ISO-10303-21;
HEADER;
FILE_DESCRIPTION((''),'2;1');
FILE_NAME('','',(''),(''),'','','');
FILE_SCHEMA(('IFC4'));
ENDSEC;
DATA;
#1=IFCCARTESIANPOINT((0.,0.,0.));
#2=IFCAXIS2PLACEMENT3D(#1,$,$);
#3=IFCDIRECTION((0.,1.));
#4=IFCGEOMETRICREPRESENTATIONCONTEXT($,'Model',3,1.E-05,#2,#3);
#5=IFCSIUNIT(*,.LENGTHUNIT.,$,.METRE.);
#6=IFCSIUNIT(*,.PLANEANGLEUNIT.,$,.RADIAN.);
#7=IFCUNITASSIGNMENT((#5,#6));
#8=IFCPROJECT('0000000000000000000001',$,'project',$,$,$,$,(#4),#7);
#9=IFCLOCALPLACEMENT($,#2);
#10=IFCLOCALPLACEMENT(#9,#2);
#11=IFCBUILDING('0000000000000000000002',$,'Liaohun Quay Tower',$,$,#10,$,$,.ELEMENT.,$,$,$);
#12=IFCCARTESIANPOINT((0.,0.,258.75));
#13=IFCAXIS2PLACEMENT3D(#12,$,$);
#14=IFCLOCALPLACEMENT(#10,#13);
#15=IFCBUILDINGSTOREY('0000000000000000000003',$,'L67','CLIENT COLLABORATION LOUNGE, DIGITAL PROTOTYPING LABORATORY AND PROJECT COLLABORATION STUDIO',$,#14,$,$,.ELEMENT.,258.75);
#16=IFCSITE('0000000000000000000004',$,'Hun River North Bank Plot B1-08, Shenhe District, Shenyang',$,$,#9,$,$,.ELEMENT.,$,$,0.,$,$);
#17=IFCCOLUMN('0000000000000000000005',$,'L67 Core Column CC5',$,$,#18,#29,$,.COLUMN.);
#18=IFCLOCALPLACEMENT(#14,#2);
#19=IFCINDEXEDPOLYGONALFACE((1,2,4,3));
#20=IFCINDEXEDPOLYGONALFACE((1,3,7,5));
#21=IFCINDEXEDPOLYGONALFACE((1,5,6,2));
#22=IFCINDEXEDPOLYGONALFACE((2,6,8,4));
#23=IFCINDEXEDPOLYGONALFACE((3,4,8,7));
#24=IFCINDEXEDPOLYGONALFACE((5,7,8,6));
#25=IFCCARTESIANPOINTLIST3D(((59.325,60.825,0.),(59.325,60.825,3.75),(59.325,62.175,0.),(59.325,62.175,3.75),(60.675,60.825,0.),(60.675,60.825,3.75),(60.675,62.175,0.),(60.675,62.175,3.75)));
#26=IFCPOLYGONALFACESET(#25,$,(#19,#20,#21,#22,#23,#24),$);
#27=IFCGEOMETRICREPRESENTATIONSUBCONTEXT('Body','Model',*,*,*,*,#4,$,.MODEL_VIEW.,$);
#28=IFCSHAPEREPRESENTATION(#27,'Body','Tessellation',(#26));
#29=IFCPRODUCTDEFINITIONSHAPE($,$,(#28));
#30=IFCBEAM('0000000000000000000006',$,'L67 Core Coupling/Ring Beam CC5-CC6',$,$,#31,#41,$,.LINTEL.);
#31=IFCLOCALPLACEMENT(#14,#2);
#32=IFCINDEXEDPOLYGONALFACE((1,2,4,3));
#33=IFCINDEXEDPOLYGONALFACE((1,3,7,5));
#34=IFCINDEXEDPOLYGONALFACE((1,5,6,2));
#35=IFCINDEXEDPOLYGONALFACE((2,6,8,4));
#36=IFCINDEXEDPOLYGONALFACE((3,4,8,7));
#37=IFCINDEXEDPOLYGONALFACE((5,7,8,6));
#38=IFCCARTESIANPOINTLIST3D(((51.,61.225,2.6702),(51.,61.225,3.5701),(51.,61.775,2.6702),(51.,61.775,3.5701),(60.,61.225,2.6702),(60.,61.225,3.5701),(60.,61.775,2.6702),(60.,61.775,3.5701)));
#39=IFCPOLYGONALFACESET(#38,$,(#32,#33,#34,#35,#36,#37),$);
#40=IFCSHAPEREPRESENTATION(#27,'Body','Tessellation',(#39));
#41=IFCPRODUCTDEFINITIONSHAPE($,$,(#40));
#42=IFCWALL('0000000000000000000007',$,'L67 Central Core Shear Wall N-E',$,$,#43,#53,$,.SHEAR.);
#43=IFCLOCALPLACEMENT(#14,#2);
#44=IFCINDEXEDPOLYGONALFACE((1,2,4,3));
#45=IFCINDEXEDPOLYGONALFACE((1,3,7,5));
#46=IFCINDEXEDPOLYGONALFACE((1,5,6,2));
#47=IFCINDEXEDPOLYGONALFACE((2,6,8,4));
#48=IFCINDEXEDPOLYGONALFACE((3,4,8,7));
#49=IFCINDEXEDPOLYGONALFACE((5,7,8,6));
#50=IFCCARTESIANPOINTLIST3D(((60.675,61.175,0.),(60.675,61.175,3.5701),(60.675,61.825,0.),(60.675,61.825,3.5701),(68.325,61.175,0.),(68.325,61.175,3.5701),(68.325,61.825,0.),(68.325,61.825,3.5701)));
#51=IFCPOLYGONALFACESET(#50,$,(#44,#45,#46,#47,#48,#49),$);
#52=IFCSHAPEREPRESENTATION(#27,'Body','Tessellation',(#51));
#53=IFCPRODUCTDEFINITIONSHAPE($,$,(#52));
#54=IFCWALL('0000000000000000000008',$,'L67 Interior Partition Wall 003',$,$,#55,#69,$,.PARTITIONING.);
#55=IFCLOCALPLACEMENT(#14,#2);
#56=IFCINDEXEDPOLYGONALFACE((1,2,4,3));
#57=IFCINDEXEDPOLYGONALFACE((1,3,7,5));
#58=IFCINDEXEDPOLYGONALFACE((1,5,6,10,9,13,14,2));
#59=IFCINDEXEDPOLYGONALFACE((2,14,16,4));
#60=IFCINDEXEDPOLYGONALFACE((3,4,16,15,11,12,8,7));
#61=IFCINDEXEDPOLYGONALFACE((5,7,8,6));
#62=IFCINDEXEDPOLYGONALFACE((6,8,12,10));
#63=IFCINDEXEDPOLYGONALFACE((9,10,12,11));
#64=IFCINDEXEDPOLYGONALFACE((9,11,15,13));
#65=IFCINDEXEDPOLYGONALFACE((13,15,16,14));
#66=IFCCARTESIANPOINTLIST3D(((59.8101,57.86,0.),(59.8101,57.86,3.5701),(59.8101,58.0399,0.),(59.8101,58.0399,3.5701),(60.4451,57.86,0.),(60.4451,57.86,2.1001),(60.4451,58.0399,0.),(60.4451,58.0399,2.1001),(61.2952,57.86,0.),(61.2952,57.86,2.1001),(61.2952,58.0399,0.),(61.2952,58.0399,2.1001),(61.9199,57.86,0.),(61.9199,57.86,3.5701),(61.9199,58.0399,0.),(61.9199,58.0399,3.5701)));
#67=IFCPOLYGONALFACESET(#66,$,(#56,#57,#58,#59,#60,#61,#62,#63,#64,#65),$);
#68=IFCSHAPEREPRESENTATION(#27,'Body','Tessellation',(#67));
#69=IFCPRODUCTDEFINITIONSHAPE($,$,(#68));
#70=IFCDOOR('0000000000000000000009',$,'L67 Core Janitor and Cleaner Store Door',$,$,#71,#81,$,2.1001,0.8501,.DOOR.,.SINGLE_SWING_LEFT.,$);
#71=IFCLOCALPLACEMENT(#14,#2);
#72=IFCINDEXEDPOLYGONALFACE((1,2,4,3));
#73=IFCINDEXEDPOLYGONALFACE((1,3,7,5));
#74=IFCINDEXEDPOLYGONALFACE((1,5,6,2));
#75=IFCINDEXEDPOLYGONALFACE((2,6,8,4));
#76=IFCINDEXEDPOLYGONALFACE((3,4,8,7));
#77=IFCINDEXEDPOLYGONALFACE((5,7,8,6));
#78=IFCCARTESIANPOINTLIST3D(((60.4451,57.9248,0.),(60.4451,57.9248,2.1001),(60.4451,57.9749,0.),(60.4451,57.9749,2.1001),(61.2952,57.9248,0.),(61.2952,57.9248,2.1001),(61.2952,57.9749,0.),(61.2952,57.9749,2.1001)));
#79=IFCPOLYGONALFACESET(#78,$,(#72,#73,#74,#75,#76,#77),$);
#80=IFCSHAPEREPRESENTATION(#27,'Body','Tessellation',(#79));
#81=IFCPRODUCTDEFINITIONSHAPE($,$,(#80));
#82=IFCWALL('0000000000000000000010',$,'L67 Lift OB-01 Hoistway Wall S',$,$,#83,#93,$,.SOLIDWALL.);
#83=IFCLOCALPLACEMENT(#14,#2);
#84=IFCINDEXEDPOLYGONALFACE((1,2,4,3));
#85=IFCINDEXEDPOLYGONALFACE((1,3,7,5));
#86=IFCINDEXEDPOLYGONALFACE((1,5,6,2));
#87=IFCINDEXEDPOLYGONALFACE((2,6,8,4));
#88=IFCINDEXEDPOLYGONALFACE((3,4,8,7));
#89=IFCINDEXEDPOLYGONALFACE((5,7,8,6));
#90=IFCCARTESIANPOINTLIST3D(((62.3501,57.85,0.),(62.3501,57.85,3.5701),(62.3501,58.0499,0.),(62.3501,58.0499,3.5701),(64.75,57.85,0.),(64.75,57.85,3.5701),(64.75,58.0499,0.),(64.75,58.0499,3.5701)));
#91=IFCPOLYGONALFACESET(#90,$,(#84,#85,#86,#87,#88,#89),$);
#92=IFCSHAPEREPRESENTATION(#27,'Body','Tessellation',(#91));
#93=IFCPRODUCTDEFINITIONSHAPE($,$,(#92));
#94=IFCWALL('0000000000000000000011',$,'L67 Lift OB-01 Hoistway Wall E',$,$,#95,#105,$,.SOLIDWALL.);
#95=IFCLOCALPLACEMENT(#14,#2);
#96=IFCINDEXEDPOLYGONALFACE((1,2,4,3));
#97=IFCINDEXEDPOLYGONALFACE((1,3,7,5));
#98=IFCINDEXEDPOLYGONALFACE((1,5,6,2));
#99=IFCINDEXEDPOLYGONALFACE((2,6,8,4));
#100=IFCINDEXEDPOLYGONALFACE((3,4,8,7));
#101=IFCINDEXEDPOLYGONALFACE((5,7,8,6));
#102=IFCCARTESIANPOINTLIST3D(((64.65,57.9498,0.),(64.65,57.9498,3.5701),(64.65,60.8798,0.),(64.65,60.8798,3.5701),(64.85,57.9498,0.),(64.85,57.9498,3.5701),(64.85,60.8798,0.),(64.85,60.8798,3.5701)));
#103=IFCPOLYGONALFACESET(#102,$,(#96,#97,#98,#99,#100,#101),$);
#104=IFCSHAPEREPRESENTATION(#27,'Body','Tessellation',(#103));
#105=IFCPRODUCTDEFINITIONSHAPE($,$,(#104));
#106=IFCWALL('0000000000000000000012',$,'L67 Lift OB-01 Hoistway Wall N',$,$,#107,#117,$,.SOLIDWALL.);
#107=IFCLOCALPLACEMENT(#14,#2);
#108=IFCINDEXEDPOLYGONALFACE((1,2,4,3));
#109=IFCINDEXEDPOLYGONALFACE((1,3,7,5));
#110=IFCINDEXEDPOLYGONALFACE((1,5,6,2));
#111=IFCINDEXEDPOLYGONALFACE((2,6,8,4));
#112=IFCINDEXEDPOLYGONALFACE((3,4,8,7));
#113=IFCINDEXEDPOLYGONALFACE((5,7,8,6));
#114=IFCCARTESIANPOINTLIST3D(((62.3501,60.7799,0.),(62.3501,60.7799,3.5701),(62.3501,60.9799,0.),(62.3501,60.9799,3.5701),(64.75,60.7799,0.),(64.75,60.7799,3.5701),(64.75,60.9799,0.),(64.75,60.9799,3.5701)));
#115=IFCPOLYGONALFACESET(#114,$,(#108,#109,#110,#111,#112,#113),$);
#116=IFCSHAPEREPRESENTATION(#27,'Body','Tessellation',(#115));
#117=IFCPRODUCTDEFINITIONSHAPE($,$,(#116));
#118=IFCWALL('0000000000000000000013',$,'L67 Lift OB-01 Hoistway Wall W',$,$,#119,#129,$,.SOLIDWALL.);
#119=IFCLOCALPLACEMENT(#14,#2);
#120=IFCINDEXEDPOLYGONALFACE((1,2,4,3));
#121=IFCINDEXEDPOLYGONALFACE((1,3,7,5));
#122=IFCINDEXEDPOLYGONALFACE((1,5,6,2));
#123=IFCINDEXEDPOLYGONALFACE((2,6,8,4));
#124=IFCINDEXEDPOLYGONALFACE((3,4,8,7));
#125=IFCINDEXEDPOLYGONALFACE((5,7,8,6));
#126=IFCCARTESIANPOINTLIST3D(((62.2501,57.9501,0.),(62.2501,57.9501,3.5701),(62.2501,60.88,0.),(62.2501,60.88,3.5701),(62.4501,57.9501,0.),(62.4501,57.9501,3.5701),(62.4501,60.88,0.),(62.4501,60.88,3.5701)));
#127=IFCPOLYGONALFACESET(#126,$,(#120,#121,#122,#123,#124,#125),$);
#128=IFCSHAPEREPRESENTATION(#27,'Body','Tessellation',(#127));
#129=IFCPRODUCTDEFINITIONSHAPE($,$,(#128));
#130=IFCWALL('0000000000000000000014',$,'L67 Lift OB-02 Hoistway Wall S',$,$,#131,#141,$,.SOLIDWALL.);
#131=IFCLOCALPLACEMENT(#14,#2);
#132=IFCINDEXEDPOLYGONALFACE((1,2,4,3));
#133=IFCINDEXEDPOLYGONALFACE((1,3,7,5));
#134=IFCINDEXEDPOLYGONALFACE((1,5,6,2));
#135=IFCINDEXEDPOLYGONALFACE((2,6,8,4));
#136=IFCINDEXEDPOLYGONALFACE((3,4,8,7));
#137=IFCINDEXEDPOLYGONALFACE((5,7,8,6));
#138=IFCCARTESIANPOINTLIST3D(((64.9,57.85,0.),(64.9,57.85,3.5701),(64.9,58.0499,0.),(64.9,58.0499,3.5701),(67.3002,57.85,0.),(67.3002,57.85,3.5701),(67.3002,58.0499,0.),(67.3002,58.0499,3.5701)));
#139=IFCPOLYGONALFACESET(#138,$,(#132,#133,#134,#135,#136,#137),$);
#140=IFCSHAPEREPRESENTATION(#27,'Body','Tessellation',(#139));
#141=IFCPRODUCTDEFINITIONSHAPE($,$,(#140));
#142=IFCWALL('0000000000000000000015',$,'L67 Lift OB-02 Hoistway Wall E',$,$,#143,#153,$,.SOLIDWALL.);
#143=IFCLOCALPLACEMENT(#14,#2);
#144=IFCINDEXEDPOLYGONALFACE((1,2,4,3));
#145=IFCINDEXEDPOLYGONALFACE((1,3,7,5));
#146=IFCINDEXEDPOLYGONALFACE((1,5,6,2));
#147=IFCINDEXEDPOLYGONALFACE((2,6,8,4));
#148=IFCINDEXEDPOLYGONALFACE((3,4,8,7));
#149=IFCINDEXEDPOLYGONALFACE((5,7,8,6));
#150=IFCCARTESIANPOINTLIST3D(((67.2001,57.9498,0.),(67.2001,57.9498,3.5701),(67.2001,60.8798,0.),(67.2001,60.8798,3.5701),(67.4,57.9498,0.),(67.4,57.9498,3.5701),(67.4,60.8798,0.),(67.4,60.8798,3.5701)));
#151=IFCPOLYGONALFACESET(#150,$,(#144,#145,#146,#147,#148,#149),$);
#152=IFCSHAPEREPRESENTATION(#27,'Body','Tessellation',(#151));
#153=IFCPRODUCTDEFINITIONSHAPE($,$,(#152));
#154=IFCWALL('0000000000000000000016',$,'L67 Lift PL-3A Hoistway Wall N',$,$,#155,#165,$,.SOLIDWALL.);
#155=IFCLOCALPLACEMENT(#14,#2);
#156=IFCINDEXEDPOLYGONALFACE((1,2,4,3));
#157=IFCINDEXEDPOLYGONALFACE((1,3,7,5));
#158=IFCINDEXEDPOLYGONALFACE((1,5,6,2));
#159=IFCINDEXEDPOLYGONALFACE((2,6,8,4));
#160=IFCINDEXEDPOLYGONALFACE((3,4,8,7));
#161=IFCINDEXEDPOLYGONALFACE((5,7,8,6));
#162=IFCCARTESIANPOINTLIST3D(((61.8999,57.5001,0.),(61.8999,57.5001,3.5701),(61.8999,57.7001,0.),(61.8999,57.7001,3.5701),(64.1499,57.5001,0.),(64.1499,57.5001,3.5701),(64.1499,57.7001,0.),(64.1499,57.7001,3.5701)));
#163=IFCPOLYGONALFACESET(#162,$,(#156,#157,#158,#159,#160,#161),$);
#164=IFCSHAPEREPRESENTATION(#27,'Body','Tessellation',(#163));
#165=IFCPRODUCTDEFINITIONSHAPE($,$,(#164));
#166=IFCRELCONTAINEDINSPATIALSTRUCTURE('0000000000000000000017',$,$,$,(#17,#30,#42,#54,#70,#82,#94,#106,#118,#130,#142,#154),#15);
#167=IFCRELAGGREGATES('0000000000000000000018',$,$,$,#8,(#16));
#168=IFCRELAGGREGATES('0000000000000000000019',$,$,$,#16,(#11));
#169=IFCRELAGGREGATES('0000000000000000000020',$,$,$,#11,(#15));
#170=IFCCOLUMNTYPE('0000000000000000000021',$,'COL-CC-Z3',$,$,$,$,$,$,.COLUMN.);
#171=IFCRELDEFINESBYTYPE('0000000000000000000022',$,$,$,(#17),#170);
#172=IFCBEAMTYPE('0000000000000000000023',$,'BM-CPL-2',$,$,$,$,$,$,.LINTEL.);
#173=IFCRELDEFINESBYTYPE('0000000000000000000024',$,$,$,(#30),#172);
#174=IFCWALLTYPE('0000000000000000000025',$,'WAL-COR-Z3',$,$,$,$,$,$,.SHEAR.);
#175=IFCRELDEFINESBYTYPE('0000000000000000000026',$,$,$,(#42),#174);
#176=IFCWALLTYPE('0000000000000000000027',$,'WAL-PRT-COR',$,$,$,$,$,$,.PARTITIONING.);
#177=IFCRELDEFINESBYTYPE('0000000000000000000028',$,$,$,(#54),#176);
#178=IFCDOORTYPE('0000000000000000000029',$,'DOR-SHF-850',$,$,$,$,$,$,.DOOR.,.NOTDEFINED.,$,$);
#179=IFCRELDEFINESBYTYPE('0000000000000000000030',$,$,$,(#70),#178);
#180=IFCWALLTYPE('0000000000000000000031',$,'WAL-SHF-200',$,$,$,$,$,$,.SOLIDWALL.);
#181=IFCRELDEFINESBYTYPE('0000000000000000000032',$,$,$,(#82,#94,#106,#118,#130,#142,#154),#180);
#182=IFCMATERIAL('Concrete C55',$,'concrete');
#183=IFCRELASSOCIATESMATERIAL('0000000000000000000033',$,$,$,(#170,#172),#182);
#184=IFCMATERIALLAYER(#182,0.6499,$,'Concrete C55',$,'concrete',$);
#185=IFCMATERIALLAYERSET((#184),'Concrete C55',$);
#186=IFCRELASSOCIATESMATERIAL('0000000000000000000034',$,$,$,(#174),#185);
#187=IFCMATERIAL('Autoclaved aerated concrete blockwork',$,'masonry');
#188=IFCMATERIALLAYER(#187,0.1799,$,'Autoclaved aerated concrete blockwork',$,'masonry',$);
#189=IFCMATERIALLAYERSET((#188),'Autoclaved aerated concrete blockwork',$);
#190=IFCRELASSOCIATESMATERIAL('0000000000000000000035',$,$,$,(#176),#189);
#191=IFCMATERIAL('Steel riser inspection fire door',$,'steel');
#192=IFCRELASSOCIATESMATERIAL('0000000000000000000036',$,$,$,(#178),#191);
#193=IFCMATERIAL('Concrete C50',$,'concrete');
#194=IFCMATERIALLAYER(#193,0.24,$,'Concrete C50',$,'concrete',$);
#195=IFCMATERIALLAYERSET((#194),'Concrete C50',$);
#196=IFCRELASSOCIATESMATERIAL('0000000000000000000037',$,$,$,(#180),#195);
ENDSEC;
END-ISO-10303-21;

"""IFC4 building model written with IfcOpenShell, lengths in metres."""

from ifc_helpers import new_model, si_unit, direction, frame, frame_2d, origin, origin_2d, place, context, subcontext, project, spatial, rectangle, extrude, source, transform, mapped, material, layer, layer_set, material_profile, profile_set, type_object, element, fill, save


model = new_model("IFC4")

# Units and contexts
model_context = context("Model", 3, precision=1e-05, world=origin(), true_north=direction((0.0, 1.0)))
body_context = subcontext(model_context, "Body", "Model", "MODEL_VIEW")
ifc_project = project(units=[si_unit("LENGTHUNIT", "METRE"), si_unit("PLANEANGLEUNIT", "RADIAN")], contexts=[model_context])

# Site, building, storey
site_placement = place(None, origin())
site = spatial("IfcSite", under=ifc_project, at=site_placement, Name="Hun River North Bank Plot B1-08, Shenhe District, Shenyang", CompositionType="ELEMENT", RefElevation=0.0)
building_placement = place(site_placement, origin())
building = spatial("IfcBuilding", under=site, at=building_placement, Name="Liaohun Quay Tower", CompositionType="ELEMENT")
storey_placement = place(building_placement, frame((0.0, 0.0, 258.75)))
storey = spatial("IfcBuildingStorey", under=building, at=storey_placement, Name="L67", Description="CLIENT COLLABORATION LOUNGE, DIGITAL PROTOTYPING LABORATORY AND PROJECT COLLABORATION STUDIO", CompositionType="ELEMENT", Elevation=258.75)

# Column
ifc_material_1 = material(Name="Concrete C55", Category="concrete")
ifc_material_profile_1 = material_profile(ifc_material_1, rectangle(XDim=1.3501, YDim=1.3501, at=origin_2d()), Name="RC1350x1350")
ifc_profile_set_1 = profile_set([ifc_material_profile_1], Name="Concrete C55")
column_type = type_object("IfcColumnType", Name="COL-CC-Z3", PredefinedType="COLUMN", material=ifc_profile_set_1)
shared_shape_1 = source(origin(), body_context, "Body", "SweptSolid", [
    extrude(rectangle(XDim=1.3501, YDim=1.3501, at=origin_2d()), origin(), (0.0, 0.0, 1.0), 3.75),
])
column_placement = place(storey_placement, frame((60.0, 61.5, 0.0), z_axis=(0.0, 0.0, 1.0), x_axis=(1.0, 0.0, 0.0)))
element("IfcColumn", 1, at=column_placement, inside=storey, type_object=column_type, Name="L67 Core Column CC5", PredefinedType="COLUMN", context=body_context, shape_type="MappedRepresentation", body=[
    mapped(shared_shape_1, transform((0.0, 0.0, 0.0), x_axis=(1.0, 0.0, 0.0), y_axis=(0.0, 1.0, 0.0), z_axis=(0.0, 0.0, 1.0), scale=1.0)),
])

# Beam
ifc_material_profile_2 = material_profile(ifc_material_1, rectangle(XDim=0.55, YDim=0.8999, at=origin_2d()), Name="RC550x900")
ifc_profile_set_2 = profile_set([ifc_material_profile_2], Name="Concrete C55")
beam_type = type_object("IfcBeamType", Name="BM-CPL-2", PredefinedType="LINTEL", material=ifc_profile_set_2)
shared_shape_2 = source(origin(), body_context, "Body", "SweptSolid", [
    extrude(rectangle(XDim=0.55, YDim=0.8999, at=origin_2d()), origin(), (0.0, 0.0, 1.0), 9.0),
])
beam_placement = place(storey_placement, frame((60.0, 61.5, 3.1201), z_axis=(-1.0, 0.0, 0.0), x_axis=(0.0, -1.0, 0.0)))
element("IfcBeam", 2, at=beam_placement, inside=storey, type_object=beam_type, Name="L67 Core Coupling/Ring Beam CC5-CC6", PredefinedType="LINTEL", context=body_context, shape_type="MappedRepresentation", body=[
    mapped(shared_shape_2, transform((0.0, 0.0, 0.0), x_axis=(1.0, 0.0, 0.0), y_axis=(0.0, 1.0, 0.0), z_axis=(0.0, 0.0, 1.0), scale=1.0)),
])

# Wall
ifc_layer_1 = layer(ifc_material_1, 0.6499, Name="Concrete C55", Category="concrete")
ifc_layer_set_1 = layer_set([ifc_layer_1], Name="Concrete C55")
wall_type_1 = type_object("IfcWallType", Name="WAL-COR-Z3", PredefinedType="SHEAR", material=ifc_layer_set_1)
wall_1_placement = place(storey_placement, frame((60.675, 61.5, 0.0), z_axis=(0.0, 0.0, 1.0), x_axis=(1.0, 0.0, 0.0)))
element("IfcWall", 3, at=wall_1_placement, inside=storey, type_object=wall_type_1, Name="L67 Central Core Shear Wall N-E", PredefinedType="SHEAR", context=body_context, shape_type="SweptSolid", body=[
    extrude(rectangle(XDim=7.6499, YDim=0.6499, at=frame_2d((3.825, 0.0))), origin(), (0.0, 0.0, 1.0), 3.5701),
])

# Wall, opening, door
ifc_material_2 = material(Name="Autoclaved aerated concrete blockwork", Category="masonry")
ifc_layer_2 = layer(ifc_material_2, 0.1799, Name="Autoclaved aerated concrete blockwork", Category="masonry")
ifc_layer_set_2 = layer_set([ifc_layer_2], Name="Autoclaved aerated concrete blockwork")
wall_type_2 = type_object("IfcWallType", Name="WAL-PRT-COR", PredefinedType="PARTITIONING", material=ifc_layer_set_2)
wall_2_placement = place(storey_placement, frame((59.8101, 57.95, 0.0), z_axis=(0.0, 0.0, 1.0), x_axis=(1.0, 0.0, 0.0)))
wall_2 = element("IfcWall", 4, at=wall_2_placement, inside=storey, type_object=wall_type_2, Name="L67 Interior Partition Wall 003", PredefinedType="PARTITIONING", context=body_context, shape_type="SweptSolid", body=[
    extrude(rectangle(XDim=2.1099, YDim=0.1799, at=frame_2d((1.0549, 0.0))), origin(), (0.0, 0.0, 1.0), 3.5701),
])
shared_shape_3 = source(origin(), body_context, "Body", "SweptSolid", [
    extrude(rectangle(XDim=0.8501, YDim=2.1001, at=frame_2d((0.425, 1.05))), frame((0.0, 0.0999, 0.0), z_axis=(0.0, -1.0, 0.0), x_axis=(1.0, 0.0, 0.0)), (0.0, 0.0, 1.0), 0.2),
])
opening_placement = place(wall_2_placement, frame((0.635, 0.0, 0.0)))
opening = element("IfcOpeningElement", 5, at=opening_placement, cuts=wall_2, PredefinedType="OPENING", context=body_context, shape_type="MappedRepresentation", body=[
    mapped(shared_shape_3, transform((0.0, 0.0, 0.0), x_axis=(1.0, 0.0, 0.0), y_axis=(0.0, 1.0, 0.0), z_axis=(0.0, 0.0, 1.0), scale=1.0)),
])
ifc_material_3 = material(Name="Steel riser inspection fire door", Category="steel")
door_type = type_object("IfcDoorType", Name="DOR-SHF-850", OperationType="NOTDEFINED", PredefinedType="DOOR", material=ifc_material_3)
shared_shape_4 = source(origin(), body_context, "Body", "SweptSolid", [
    extrude(rectangle(XDim=0.8501, YDim=2.1001, at=frame_2d((0.425, 1.05))), frame((0.0, 0.0249, 0.0), z_axis=(0.0, -1.0, 0.0), x_axis=(1.0, 0.0, 0.0)), (0.0, 0.0, 1.0), 0.05),
])
door_placement = place(opening_placement, origin())
door = element("IfcDoor", 6, at=door_placement, inside=storey, type_object=door_type, Name="L67 Core Janitor and Cleaner Store Door", OperationType="SINGLE_SWING_LEFT", OverallHeight=2.1001, OverallWidth=0.8501, PredefinedType="DOOR", context=body_context, shape_type="MappedRepresentation", body=[
    mapped(shared_shape_4, transform((0.0, 0.0, 0.0), x_axis=(1.0, 0.0, 0.0), y_axis=(0.0, 1.0, 0.0), z_axis=(0.0, 0.0, 1.0), scale=1.0)),
])
fill(opening, door)

# Walls
ifc_material_4 = material(Name="Concrete C50", Category="concrete")
ifc_layer_3 = layer(ifc_material_4, 0.24, Name="Concrete C50", Category="concrete")
ifc_layer_set_3 = layer_set([ifc_layer_3], Name="Concrete C50")
wall_type_3 = type_object("IfcWallType", Name="WAL-SHF-200", PredefinedType="SOLIDWALL", material=ifc_layer_set_3)
wall_3_placement = place(storey_placement, frame((62.3501, 57.95, 0.0), z_axis=(0.0, 0.0, 1.0), x_axis=(1.0, 0.0, 0.0)))
element("IfcWall", 7, at=wall_3_placement, inside=storey, type_object=wall_type_3, Name="L67 Lift OB-01 Hoistway Wall S", PredefinedType="SOLIDWALL", context=body_context, shape_type="SweptSolid", body=[
    extrude(rectangle(XDim=2.3999, YDim=0.2, at=frame_2d((1.2, 0.0))), origin(), (0.0, 0.0, 1.0), 3.5701),
])
wall_4_placement = place(storey_placement, frame((64.75, 57.95, 0.0), z_axis=(0.0, 0.0, 1.0), x_axis=(0.0, 1.0, 0.0)))
element("IfcWall", 8, at=wall_4_placement, inside=storey, type_object=wall_type_3, Name="L67 Lift OB-01 Hoistway Wall E", PredefinedType="SOLIDWALL", context=body_context, shape_type="SweptSolid", body=[
    extrude(rectangle(XDim=2.9299, YDim=0.2, at=frame_2d((1.4648, 0.0))), origin(), (0.0, 0.0, 1.0), 3.5701),
])
wall_5_placement = place(storey_placement, frame((64.75, 60.8799, 0.0), z_axis=(0.0, 0.0, 1.0), x_axis=(-1.0, 0.0, 0.0)))
element("IfcWall", 9, at=wall_5_placement, inside=storey, type_object=wall_type_3, Name="L67 Lift OB-01 Hoistway Wall N", PredefinedType="SOLIDWALL", context=body_context, shape_type="SweptSolid", body=[
    extrude(rectangle(XDim=2.3999, YDim=0.2, at=frame_2d((1.2, 0.0))), origin(), (0.0, 0.0, 1.0), 3.5701),
])
wall_6_placement = place(storey_placement, frame((62.3501, 60.8799, 0.0), z_axis=(0.0, 0.0, 1.0), x_axis=(0.0, -1.0, 0.0)))
element("IfcWall", 10, at=wall_6_placement, inside=storey, type_object=wall_type_3, Name="L67 Lift OB-01 Hoistway Wall W", PredefinedType="SOLIDWALL", context=body_context, shape_type="SweptSolid", body=[
    extrude(rectangle(XDim=2.9299, YDim=0.2, at=frame_2d((1.4648, 0.0))), origin(), (0.0, 0.0, 1.0), 3.5701),
])
wall_7_placement = place(storey_placement, frame((64.8999, 57.95, 0.0), z_axis=(0.0, 0.0, 1.0), x_axis=(1.0, 0.0, 0.0)))
element("IfcWall", 11, at=wall_7_placement, inside=storey, type_object=wall_type_3, Name="L67 Lift OB-02 Hoistway Wall S", PredefinedType="SOLIDWALL", context=body_context, shape_type="SweptSolid", body=[
    extrude(rectangle(XDim=2.4001, YDim=0.2, at=frame_2d((1.2002, 0.0))), origin(), (0.0, 0.0, 1.0), 3.5701),
])
wall_8_placement = place(storey_placement, frame((67.3, 57.95, 0.0), z_axis=(0.0, 0.0, 1.0), x_axis=(0.0, 1.0, 0.0)))
element("IfcWall", 12, at=wall_8_placement, inside=storey, type_object=wall_type_3, Name="L67 Lift OB-02 Hoistway Wall E", PredefinedType="SOLIDWALL", context=body_context, shape_type="SweptSolid", body=[
    extrude(rectangle(XDim=2.9299, YDim=0.2, at=frame_2d((1.4648, 0.0))), origin(), (0.0, 0.0, 1.0), 3.5701),
])
wall_9_placement = place(storey_placement, frame((64.1499, 57.6001, 0.0), z_axis=(0.0, 0.0, 1.0), x_axis=(-1.0, 0.0, 0.0)))
element("IfcWall", 13, at=wall_9_placement, inside=storey, type_object=wall_type_3, Name="L67 Lift PL-3A Hoistway Wall N", PredefinedType="SOLIDWALL", context=body_context, shape_type="SweptSolid", body=[
    extrude(rectangle(XDim=2.25, YDim=0.2, at=frame_2d((1.125, 0.0))), origin(), (0.0, 0.0, 1.0), 3.5701),
])

save(model, "model.ifc")
